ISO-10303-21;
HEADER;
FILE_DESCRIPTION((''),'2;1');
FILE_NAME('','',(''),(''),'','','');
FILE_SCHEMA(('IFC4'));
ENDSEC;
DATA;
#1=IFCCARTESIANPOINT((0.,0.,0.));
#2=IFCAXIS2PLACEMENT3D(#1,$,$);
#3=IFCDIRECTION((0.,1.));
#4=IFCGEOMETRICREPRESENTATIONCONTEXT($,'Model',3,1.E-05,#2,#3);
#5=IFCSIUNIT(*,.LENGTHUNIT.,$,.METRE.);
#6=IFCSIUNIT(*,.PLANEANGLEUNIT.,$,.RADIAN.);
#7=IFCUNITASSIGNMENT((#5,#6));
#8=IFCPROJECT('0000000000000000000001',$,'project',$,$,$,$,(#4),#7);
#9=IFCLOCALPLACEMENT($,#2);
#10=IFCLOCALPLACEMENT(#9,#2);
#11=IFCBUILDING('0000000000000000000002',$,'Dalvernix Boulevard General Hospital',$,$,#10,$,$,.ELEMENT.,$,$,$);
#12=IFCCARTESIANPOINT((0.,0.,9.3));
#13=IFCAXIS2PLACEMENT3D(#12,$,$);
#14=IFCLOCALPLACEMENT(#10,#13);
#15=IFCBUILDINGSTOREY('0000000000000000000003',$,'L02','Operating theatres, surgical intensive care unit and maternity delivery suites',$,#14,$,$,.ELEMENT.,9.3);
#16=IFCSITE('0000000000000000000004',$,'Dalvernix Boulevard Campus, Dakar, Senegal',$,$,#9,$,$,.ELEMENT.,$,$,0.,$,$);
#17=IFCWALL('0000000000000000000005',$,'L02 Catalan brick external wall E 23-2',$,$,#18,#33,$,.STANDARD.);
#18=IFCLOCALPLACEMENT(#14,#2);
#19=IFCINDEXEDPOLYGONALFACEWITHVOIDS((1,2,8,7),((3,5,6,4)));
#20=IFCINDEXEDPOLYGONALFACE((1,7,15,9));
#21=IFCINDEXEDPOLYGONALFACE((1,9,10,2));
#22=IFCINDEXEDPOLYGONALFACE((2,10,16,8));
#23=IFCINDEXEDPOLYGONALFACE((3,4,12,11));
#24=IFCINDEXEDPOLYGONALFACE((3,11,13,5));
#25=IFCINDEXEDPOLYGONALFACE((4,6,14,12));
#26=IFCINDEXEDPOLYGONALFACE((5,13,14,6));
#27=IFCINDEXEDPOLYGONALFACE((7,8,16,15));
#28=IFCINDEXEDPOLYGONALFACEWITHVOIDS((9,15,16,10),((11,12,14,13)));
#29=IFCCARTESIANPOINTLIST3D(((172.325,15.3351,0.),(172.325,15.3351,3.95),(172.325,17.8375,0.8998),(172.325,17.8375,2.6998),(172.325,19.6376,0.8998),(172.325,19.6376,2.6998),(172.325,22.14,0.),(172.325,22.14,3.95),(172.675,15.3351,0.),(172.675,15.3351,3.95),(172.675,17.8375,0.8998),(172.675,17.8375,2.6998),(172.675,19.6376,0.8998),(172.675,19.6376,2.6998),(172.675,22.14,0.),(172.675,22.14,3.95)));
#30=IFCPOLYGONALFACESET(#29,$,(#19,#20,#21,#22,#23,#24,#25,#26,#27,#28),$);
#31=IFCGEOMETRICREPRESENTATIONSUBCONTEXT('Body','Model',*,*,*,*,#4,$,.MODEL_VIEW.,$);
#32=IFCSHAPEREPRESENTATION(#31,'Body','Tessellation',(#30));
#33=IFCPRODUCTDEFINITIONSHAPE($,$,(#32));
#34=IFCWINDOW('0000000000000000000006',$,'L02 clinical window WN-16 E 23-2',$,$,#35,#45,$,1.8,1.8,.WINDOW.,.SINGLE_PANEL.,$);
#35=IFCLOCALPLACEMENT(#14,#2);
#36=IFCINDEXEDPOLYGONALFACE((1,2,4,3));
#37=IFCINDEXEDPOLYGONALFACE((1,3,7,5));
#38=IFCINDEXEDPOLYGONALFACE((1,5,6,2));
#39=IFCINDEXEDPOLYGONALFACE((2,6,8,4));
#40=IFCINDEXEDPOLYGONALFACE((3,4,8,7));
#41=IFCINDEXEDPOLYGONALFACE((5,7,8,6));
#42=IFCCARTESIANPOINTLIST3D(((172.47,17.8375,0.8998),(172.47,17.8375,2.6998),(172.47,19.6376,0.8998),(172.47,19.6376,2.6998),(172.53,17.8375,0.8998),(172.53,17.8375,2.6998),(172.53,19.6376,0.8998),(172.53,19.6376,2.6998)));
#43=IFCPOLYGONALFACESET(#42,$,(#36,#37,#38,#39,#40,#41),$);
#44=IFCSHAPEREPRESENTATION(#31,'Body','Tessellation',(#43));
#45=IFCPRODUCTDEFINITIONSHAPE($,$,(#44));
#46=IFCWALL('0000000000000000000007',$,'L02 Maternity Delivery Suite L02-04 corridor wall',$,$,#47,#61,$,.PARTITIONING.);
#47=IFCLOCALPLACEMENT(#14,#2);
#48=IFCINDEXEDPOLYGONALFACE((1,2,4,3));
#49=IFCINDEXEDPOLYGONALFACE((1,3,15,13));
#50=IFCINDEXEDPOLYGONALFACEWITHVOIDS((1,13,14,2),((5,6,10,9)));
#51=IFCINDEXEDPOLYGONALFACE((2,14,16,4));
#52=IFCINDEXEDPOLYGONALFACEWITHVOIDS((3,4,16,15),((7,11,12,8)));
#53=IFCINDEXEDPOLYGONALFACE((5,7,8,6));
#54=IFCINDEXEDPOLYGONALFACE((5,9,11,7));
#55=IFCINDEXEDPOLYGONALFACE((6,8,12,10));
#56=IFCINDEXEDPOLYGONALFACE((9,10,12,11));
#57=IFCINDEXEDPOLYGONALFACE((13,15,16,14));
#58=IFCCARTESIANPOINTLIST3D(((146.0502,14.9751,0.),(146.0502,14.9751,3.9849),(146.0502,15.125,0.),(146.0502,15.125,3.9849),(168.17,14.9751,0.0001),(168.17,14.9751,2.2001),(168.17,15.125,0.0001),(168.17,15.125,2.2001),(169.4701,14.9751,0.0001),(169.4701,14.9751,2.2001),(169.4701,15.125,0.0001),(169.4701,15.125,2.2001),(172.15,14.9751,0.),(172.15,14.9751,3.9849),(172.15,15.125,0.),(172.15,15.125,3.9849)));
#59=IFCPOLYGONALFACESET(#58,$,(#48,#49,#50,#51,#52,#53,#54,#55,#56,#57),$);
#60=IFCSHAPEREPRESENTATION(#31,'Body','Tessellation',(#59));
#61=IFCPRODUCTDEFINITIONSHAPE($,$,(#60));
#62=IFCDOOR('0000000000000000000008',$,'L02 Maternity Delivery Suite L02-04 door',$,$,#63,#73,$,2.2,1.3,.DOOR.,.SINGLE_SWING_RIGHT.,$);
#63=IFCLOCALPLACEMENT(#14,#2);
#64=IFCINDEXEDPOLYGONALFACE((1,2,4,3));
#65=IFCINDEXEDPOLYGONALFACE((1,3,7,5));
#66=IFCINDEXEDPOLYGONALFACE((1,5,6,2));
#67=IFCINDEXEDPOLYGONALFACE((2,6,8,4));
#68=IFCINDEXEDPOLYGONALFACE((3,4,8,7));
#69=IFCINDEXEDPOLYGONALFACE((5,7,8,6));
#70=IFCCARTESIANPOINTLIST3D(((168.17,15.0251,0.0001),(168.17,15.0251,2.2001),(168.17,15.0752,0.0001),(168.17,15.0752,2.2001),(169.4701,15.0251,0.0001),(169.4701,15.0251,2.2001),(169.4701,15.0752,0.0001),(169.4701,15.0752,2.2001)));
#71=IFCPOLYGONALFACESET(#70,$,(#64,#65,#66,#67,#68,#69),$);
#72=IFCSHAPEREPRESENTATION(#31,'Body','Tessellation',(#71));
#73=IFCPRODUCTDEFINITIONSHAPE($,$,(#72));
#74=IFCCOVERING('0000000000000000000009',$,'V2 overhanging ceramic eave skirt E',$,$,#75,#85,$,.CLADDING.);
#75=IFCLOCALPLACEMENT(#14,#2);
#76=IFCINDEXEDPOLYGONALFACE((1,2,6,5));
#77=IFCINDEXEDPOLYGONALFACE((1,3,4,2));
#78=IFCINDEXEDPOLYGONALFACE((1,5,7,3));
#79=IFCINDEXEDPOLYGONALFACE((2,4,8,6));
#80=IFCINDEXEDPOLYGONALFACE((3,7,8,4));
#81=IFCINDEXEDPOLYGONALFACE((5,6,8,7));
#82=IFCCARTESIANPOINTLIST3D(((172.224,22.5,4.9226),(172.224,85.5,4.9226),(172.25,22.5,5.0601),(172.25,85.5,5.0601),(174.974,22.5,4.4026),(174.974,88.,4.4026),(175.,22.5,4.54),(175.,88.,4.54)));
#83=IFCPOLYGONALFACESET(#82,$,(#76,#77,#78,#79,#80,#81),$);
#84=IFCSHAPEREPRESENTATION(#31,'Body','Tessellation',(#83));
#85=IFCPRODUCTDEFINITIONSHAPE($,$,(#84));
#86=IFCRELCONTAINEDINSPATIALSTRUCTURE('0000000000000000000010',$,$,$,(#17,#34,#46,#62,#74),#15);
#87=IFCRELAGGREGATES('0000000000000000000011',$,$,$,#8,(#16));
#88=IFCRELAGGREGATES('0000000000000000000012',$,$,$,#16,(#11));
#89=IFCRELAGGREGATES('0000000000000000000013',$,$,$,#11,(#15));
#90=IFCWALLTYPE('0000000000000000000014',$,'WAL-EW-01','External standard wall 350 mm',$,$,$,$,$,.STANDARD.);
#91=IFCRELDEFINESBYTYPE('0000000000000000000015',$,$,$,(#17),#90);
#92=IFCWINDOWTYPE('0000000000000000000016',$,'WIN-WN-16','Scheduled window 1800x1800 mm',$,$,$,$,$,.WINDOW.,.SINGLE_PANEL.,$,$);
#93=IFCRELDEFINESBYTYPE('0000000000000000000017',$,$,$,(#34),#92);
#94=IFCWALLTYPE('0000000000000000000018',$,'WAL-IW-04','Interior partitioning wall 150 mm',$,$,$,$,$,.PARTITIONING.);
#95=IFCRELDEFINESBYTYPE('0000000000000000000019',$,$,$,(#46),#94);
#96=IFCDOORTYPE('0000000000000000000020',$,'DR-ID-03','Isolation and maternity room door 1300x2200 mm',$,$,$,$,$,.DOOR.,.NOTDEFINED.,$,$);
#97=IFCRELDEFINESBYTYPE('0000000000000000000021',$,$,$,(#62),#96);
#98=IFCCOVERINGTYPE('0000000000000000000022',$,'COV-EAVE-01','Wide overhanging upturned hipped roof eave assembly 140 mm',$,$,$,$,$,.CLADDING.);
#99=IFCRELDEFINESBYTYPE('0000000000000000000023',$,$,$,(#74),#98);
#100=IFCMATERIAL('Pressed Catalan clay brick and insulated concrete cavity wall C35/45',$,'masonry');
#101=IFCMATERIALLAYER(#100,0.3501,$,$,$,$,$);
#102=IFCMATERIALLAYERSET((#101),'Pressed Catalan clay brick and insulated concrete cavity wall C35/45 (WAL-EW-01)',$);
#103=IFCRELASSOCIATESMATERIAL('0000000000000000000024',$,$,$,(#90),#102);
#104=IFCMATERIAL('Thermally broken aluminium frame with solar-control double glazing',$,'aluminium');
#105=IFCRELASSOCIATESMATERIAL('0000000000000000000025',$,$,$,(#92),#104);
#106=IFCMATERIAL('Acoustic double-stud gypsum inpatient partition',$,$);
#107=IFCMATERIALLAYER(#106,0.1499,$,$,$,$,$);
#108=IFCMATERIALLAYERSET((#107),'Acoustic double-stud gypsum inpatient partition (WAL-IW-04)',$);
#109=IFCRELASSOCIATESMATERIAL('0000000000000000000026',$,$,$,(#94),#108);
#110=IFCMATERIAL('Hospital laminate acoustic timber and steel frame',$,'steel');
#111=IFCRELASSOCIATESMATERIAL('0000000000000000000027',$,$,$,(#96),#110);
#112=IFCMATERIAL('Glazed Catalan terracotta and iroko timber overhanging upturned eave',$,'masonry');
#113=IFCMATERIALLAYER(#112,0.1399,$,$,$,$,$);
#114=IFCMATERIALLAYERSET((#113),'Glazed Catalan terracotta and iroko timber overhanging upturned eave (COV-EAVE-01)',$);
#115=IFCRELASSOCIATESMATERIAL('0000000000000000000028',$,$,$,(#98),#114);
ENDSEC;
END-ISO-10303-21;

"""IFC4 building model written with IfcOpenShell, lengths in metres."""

from ifc_helpers import new_model, si_unit, direction, frame, frame_2d, origin, place, context, subcontext, project, spatial, polyline, rectangle, outline, extrude, material, layer, layer_set, type_object, element, fill, save


model = new_model("IFC4")

# Units and contexts
model_context = context("Model", 3, precision=1e-05, world=origin(), true_north=direction((0.0, 1.0)))
body_context = subcontext(model_context, "Body", "Model", "MODEL_VIEW")
ifc_project = project(units=[si_unit("LENGTHUNIT", "METRE"), si_unit("PLANEANGLEUNIT", "RADIAN")], contexts=[model_context])

# Site, building, storey
site_placement = place(None, origin())
site = spatial("IfcSite", under=ifc_project, at=site_placement, Name="Dalvernix Boulevard Campus, Dakar, Senegal", CompositionType="ELEMENT", RefElevation=0.0)
building_placement = place(site_placement, origin())
building = spatial("IfcBuilding", under=site, at=building_placement, Name="Dalvernix Boulevard General Hospital", CompositionType="ELEMENT")
storey_placement = place(building_placement, frame((0.0, 0.0, 9.3)))
storey = spatial("IfcBuildingStorey", under=building, at=storey_placement, Name="L02", Description="Operating theatres, surgical intensive care unit and maternity delivery suites", CompositionType="ELEMENT", Elevation=9.3)

# Wall, opening, window
ifc_material_1 = material(Name="Pressed Catalan clay brick and insulated concrete cavity wall C35/45", Category="masonry")
ifc_layer_1 = layer(ifc_material_1, 0.3501)
ifc_layer_set_1 = layer_set([ifc_layer_1], Name="Pressed Catalan clay brick and insulated concrete cavity wall C35/45 (WAL-EW-01)")
wall_type_1 = type_object("IfcWallType", Name="WAL-EW-01", Description="External standard wall 350 mm", PredefinedType="STANDARD", material=ifc_layer_set_1)
wall_1_placement = place(storey_placement, frame((172.5, 22.1399, 0.0), z_axis=(0.0, 0.0, 1.0), x_axis=(0.0, -1.0, 0.0)))
wall_1 = element("IfcWall", 1, at=wall_1_placement, inside=storey, type_object=wall_type_1, Name="L02 Catalan brick external wall E 23-2", PredefinedType="STANDARD", context=body_context, shape_type="SweptSolid", body=[
    extrude(rectangle(XDim=6.8049, YDim=0.3501, at=frame_2d((3.4023, 0.0))), origin(), (0.0, 0.0, 1.0), 3.95),
])
opening_1_placement = place(wall_1_placement, frame((2.5024, 0.0, 0.8999)))
opening_1 = element("IfcOpeningElement", 2, at=opening_1_placement, cuts=wall_1, PredefinedType="OPENING", context=body_context, shape_type="SweptSolid", body=[
    extrude(rectangle(XDim=1.8, YDim=1.8, at=frame_2d((0.8999, 0.8999))), frame((0.0, 0.1851, 0.0), z_axis=(0.0, -1.0, 0.0), x_axis=(1.0, 0.0, 0.0)), (0.0, 0.0, 1.0), 0.3701),
])
ifc_material_2 = material(Name="Thermally broken aluminium frame with solar-control double glazing", Category="aluminium")
window_type = type_object("IfcWindowType", Name="WIN-WN-16", Description="Scheduled window 1800x1800 mm", PartitioningType="SINGLE_PANEL", PredefinedType="WINDOW", material=ifc_material_2)
window_placement = place(opening_1_placement, origin())
window = element("IfcWindow", 3, at=window_placement, inside=storey, type_object=window_type, Name="L02 clinical window WN-16 E 23-2", OverallHeight=1.8, OverallWidth=1.8, PartitioningType="SINGLE_PANEL", PredefinedType="WINDOW", context=body_context, shape_type="SweptSolid", body=[
    extrude(rectangle(XDim=1.8, YDim=1.8, at=frame_2d((0.8999, 0.8999))), frame((0.0, 0.03, 0.0), z_axis=(0.0, -1.0, 0.0), x_axis=(1.0, 0.0, 0.0)), (0.0, 0.0, 1.0), 0.0601),
])
fill(opening_1, window)

# Wall, opening, door
ifc_material_3 = material(Name="Acoustic double-stud gypsum inpatient partition")
ifc_layer_2 = layer(ifc_material_3, 0.1499)
ifc_layer_set_2 = layer_set([ifc_layer_2], Name="Acoustic double-stud gypsum inpatient partition (WAL-IW-04)")
wall_type_2 = type_object("IfcWallType", Name="WAL-IW-04", Description="Interior partitioning wall 150 mm", PredefinedType="PARTITIONING", material=ifc_layer_set_2)
wall_2_placement = place(storey_placement, frame((172.1499, 15.05, 0.0), z_axis=(0.0, 0.0, 1.0), x_axis=(-1.0, 0.0, 0.0)))
wall_2 = element("IfcWall", 4, at=wall_2_placement, inside=storey, type_object=wall_type_2, Name="L02 Maternity Delivery Suite L02-04 corridor wall", PredefinedType="PARTITIONING", context=body_context, shape_type="SweptSolid", body=[
    extrude(rectangle(XDim=26.0999, YDim=0.1499, at=frame_2d((13.0498, 0.0))), origin(), (0.0, 0.0, 1.0), 3.9849),
])
opening_2_placement = place(wall_2_placement, frame((2.6799, 0.0, 0.0)))
opening_2 = element("IfcOpeningElement", 5, at=opening_2_placement, cuts=wall_2, PredefinedType="OPENING", context=body_context, shape_type="SweptSolid", body=[
    extrude(rectangle(XDim=1.3, YDim=2.2, at=frame_2d((0.6499, 1.1001))), frame((0.0, 0.085, 0.0), z_axis=(0.0, -1.0, 0.0), x_axis=(1.0, 0.0, 0.0)), (0.0, 0.0, 1.0), 0.1699),
])
ifc_material_4 = material(Name="Hospital laminate acoustic timber and steel frame", Category="steel")
door_type = type_object("IfcDoorType", Name="DR-ID-03", Description="Isolation and maternity room door 1300x2200 mm", OperationType="NOTDEFINED", PredefinedType="DOOR", material=ifc_material_4)
door_placement = place(opening_2_placement, origin())
door = element("IfcDoor", 6, at=door_placement, inside=storey, type_object=door_type, Name="L02 Maternity Delivery Suite L02-04 door", OperationType="SINGLE_SWING_RIGHT", OverallHeight=2.2, OverallWidth=1.3, PredefinedType="DOOR", context=body_context, shape_type="SweptSolid", body=[
    extrude(rectangle(XDim=1.3, YDim=2.2, at=frame_2d((0.6499, 1.1001))), frame((0.0, 0.0249, 0.0), z_axis=(0.0, -1.0, 0.0), x_axis=(1.0, 0.0, 0.0)), (0.0, 0.0, 1.0), 0.05),
])
fill(opening_2, door)

# Covering
ifc_material_5 = material(Name="Glazed Catalan terracotta and iroko timber overhanging upturned eave", Category="masonry")
ifc_layer_3 = layer(ifc_material_5, 0.1399)
ifc_layer_set_3 = layer_set([ifc_layer_3], Name="Glazed Catalan terracotta and iroko timber overhanging upturned eave (COV-EAVE-01)")
covering_type = type_object("IfcCoveringType", Name="COV-EAVE-01", Description="Wide overhanging upturned hipped roof eave assembly 140 mm", PredefinedType="CLADDING", material=ifc_layer_set_3)
covering_placement = place(storey_placement, frame((172.25, 22.5, 5.0601), z_axis=(0.185805, 0.0, 0.982587), x_axis=(0.0, 1.0, 0.0)))
element("IfcCovering", 7, at=covering_placement, inside=storey, type_object=covering_type, Name="V2 overhanging ceramic eave skirt E", PredefinedType="CLADDING", context=body_context, shape_type="SweptSolid", body=[
    extrude(outline(polyline([(0.0, 0.0), (63.0, 0.0), (65.5, -2.7987), (0.0, -2.7987), (0.0, 0.0)])), origin(), (0.0, 0.0, -1.0), 0.1399),
])

save(model, "model.ifc")
